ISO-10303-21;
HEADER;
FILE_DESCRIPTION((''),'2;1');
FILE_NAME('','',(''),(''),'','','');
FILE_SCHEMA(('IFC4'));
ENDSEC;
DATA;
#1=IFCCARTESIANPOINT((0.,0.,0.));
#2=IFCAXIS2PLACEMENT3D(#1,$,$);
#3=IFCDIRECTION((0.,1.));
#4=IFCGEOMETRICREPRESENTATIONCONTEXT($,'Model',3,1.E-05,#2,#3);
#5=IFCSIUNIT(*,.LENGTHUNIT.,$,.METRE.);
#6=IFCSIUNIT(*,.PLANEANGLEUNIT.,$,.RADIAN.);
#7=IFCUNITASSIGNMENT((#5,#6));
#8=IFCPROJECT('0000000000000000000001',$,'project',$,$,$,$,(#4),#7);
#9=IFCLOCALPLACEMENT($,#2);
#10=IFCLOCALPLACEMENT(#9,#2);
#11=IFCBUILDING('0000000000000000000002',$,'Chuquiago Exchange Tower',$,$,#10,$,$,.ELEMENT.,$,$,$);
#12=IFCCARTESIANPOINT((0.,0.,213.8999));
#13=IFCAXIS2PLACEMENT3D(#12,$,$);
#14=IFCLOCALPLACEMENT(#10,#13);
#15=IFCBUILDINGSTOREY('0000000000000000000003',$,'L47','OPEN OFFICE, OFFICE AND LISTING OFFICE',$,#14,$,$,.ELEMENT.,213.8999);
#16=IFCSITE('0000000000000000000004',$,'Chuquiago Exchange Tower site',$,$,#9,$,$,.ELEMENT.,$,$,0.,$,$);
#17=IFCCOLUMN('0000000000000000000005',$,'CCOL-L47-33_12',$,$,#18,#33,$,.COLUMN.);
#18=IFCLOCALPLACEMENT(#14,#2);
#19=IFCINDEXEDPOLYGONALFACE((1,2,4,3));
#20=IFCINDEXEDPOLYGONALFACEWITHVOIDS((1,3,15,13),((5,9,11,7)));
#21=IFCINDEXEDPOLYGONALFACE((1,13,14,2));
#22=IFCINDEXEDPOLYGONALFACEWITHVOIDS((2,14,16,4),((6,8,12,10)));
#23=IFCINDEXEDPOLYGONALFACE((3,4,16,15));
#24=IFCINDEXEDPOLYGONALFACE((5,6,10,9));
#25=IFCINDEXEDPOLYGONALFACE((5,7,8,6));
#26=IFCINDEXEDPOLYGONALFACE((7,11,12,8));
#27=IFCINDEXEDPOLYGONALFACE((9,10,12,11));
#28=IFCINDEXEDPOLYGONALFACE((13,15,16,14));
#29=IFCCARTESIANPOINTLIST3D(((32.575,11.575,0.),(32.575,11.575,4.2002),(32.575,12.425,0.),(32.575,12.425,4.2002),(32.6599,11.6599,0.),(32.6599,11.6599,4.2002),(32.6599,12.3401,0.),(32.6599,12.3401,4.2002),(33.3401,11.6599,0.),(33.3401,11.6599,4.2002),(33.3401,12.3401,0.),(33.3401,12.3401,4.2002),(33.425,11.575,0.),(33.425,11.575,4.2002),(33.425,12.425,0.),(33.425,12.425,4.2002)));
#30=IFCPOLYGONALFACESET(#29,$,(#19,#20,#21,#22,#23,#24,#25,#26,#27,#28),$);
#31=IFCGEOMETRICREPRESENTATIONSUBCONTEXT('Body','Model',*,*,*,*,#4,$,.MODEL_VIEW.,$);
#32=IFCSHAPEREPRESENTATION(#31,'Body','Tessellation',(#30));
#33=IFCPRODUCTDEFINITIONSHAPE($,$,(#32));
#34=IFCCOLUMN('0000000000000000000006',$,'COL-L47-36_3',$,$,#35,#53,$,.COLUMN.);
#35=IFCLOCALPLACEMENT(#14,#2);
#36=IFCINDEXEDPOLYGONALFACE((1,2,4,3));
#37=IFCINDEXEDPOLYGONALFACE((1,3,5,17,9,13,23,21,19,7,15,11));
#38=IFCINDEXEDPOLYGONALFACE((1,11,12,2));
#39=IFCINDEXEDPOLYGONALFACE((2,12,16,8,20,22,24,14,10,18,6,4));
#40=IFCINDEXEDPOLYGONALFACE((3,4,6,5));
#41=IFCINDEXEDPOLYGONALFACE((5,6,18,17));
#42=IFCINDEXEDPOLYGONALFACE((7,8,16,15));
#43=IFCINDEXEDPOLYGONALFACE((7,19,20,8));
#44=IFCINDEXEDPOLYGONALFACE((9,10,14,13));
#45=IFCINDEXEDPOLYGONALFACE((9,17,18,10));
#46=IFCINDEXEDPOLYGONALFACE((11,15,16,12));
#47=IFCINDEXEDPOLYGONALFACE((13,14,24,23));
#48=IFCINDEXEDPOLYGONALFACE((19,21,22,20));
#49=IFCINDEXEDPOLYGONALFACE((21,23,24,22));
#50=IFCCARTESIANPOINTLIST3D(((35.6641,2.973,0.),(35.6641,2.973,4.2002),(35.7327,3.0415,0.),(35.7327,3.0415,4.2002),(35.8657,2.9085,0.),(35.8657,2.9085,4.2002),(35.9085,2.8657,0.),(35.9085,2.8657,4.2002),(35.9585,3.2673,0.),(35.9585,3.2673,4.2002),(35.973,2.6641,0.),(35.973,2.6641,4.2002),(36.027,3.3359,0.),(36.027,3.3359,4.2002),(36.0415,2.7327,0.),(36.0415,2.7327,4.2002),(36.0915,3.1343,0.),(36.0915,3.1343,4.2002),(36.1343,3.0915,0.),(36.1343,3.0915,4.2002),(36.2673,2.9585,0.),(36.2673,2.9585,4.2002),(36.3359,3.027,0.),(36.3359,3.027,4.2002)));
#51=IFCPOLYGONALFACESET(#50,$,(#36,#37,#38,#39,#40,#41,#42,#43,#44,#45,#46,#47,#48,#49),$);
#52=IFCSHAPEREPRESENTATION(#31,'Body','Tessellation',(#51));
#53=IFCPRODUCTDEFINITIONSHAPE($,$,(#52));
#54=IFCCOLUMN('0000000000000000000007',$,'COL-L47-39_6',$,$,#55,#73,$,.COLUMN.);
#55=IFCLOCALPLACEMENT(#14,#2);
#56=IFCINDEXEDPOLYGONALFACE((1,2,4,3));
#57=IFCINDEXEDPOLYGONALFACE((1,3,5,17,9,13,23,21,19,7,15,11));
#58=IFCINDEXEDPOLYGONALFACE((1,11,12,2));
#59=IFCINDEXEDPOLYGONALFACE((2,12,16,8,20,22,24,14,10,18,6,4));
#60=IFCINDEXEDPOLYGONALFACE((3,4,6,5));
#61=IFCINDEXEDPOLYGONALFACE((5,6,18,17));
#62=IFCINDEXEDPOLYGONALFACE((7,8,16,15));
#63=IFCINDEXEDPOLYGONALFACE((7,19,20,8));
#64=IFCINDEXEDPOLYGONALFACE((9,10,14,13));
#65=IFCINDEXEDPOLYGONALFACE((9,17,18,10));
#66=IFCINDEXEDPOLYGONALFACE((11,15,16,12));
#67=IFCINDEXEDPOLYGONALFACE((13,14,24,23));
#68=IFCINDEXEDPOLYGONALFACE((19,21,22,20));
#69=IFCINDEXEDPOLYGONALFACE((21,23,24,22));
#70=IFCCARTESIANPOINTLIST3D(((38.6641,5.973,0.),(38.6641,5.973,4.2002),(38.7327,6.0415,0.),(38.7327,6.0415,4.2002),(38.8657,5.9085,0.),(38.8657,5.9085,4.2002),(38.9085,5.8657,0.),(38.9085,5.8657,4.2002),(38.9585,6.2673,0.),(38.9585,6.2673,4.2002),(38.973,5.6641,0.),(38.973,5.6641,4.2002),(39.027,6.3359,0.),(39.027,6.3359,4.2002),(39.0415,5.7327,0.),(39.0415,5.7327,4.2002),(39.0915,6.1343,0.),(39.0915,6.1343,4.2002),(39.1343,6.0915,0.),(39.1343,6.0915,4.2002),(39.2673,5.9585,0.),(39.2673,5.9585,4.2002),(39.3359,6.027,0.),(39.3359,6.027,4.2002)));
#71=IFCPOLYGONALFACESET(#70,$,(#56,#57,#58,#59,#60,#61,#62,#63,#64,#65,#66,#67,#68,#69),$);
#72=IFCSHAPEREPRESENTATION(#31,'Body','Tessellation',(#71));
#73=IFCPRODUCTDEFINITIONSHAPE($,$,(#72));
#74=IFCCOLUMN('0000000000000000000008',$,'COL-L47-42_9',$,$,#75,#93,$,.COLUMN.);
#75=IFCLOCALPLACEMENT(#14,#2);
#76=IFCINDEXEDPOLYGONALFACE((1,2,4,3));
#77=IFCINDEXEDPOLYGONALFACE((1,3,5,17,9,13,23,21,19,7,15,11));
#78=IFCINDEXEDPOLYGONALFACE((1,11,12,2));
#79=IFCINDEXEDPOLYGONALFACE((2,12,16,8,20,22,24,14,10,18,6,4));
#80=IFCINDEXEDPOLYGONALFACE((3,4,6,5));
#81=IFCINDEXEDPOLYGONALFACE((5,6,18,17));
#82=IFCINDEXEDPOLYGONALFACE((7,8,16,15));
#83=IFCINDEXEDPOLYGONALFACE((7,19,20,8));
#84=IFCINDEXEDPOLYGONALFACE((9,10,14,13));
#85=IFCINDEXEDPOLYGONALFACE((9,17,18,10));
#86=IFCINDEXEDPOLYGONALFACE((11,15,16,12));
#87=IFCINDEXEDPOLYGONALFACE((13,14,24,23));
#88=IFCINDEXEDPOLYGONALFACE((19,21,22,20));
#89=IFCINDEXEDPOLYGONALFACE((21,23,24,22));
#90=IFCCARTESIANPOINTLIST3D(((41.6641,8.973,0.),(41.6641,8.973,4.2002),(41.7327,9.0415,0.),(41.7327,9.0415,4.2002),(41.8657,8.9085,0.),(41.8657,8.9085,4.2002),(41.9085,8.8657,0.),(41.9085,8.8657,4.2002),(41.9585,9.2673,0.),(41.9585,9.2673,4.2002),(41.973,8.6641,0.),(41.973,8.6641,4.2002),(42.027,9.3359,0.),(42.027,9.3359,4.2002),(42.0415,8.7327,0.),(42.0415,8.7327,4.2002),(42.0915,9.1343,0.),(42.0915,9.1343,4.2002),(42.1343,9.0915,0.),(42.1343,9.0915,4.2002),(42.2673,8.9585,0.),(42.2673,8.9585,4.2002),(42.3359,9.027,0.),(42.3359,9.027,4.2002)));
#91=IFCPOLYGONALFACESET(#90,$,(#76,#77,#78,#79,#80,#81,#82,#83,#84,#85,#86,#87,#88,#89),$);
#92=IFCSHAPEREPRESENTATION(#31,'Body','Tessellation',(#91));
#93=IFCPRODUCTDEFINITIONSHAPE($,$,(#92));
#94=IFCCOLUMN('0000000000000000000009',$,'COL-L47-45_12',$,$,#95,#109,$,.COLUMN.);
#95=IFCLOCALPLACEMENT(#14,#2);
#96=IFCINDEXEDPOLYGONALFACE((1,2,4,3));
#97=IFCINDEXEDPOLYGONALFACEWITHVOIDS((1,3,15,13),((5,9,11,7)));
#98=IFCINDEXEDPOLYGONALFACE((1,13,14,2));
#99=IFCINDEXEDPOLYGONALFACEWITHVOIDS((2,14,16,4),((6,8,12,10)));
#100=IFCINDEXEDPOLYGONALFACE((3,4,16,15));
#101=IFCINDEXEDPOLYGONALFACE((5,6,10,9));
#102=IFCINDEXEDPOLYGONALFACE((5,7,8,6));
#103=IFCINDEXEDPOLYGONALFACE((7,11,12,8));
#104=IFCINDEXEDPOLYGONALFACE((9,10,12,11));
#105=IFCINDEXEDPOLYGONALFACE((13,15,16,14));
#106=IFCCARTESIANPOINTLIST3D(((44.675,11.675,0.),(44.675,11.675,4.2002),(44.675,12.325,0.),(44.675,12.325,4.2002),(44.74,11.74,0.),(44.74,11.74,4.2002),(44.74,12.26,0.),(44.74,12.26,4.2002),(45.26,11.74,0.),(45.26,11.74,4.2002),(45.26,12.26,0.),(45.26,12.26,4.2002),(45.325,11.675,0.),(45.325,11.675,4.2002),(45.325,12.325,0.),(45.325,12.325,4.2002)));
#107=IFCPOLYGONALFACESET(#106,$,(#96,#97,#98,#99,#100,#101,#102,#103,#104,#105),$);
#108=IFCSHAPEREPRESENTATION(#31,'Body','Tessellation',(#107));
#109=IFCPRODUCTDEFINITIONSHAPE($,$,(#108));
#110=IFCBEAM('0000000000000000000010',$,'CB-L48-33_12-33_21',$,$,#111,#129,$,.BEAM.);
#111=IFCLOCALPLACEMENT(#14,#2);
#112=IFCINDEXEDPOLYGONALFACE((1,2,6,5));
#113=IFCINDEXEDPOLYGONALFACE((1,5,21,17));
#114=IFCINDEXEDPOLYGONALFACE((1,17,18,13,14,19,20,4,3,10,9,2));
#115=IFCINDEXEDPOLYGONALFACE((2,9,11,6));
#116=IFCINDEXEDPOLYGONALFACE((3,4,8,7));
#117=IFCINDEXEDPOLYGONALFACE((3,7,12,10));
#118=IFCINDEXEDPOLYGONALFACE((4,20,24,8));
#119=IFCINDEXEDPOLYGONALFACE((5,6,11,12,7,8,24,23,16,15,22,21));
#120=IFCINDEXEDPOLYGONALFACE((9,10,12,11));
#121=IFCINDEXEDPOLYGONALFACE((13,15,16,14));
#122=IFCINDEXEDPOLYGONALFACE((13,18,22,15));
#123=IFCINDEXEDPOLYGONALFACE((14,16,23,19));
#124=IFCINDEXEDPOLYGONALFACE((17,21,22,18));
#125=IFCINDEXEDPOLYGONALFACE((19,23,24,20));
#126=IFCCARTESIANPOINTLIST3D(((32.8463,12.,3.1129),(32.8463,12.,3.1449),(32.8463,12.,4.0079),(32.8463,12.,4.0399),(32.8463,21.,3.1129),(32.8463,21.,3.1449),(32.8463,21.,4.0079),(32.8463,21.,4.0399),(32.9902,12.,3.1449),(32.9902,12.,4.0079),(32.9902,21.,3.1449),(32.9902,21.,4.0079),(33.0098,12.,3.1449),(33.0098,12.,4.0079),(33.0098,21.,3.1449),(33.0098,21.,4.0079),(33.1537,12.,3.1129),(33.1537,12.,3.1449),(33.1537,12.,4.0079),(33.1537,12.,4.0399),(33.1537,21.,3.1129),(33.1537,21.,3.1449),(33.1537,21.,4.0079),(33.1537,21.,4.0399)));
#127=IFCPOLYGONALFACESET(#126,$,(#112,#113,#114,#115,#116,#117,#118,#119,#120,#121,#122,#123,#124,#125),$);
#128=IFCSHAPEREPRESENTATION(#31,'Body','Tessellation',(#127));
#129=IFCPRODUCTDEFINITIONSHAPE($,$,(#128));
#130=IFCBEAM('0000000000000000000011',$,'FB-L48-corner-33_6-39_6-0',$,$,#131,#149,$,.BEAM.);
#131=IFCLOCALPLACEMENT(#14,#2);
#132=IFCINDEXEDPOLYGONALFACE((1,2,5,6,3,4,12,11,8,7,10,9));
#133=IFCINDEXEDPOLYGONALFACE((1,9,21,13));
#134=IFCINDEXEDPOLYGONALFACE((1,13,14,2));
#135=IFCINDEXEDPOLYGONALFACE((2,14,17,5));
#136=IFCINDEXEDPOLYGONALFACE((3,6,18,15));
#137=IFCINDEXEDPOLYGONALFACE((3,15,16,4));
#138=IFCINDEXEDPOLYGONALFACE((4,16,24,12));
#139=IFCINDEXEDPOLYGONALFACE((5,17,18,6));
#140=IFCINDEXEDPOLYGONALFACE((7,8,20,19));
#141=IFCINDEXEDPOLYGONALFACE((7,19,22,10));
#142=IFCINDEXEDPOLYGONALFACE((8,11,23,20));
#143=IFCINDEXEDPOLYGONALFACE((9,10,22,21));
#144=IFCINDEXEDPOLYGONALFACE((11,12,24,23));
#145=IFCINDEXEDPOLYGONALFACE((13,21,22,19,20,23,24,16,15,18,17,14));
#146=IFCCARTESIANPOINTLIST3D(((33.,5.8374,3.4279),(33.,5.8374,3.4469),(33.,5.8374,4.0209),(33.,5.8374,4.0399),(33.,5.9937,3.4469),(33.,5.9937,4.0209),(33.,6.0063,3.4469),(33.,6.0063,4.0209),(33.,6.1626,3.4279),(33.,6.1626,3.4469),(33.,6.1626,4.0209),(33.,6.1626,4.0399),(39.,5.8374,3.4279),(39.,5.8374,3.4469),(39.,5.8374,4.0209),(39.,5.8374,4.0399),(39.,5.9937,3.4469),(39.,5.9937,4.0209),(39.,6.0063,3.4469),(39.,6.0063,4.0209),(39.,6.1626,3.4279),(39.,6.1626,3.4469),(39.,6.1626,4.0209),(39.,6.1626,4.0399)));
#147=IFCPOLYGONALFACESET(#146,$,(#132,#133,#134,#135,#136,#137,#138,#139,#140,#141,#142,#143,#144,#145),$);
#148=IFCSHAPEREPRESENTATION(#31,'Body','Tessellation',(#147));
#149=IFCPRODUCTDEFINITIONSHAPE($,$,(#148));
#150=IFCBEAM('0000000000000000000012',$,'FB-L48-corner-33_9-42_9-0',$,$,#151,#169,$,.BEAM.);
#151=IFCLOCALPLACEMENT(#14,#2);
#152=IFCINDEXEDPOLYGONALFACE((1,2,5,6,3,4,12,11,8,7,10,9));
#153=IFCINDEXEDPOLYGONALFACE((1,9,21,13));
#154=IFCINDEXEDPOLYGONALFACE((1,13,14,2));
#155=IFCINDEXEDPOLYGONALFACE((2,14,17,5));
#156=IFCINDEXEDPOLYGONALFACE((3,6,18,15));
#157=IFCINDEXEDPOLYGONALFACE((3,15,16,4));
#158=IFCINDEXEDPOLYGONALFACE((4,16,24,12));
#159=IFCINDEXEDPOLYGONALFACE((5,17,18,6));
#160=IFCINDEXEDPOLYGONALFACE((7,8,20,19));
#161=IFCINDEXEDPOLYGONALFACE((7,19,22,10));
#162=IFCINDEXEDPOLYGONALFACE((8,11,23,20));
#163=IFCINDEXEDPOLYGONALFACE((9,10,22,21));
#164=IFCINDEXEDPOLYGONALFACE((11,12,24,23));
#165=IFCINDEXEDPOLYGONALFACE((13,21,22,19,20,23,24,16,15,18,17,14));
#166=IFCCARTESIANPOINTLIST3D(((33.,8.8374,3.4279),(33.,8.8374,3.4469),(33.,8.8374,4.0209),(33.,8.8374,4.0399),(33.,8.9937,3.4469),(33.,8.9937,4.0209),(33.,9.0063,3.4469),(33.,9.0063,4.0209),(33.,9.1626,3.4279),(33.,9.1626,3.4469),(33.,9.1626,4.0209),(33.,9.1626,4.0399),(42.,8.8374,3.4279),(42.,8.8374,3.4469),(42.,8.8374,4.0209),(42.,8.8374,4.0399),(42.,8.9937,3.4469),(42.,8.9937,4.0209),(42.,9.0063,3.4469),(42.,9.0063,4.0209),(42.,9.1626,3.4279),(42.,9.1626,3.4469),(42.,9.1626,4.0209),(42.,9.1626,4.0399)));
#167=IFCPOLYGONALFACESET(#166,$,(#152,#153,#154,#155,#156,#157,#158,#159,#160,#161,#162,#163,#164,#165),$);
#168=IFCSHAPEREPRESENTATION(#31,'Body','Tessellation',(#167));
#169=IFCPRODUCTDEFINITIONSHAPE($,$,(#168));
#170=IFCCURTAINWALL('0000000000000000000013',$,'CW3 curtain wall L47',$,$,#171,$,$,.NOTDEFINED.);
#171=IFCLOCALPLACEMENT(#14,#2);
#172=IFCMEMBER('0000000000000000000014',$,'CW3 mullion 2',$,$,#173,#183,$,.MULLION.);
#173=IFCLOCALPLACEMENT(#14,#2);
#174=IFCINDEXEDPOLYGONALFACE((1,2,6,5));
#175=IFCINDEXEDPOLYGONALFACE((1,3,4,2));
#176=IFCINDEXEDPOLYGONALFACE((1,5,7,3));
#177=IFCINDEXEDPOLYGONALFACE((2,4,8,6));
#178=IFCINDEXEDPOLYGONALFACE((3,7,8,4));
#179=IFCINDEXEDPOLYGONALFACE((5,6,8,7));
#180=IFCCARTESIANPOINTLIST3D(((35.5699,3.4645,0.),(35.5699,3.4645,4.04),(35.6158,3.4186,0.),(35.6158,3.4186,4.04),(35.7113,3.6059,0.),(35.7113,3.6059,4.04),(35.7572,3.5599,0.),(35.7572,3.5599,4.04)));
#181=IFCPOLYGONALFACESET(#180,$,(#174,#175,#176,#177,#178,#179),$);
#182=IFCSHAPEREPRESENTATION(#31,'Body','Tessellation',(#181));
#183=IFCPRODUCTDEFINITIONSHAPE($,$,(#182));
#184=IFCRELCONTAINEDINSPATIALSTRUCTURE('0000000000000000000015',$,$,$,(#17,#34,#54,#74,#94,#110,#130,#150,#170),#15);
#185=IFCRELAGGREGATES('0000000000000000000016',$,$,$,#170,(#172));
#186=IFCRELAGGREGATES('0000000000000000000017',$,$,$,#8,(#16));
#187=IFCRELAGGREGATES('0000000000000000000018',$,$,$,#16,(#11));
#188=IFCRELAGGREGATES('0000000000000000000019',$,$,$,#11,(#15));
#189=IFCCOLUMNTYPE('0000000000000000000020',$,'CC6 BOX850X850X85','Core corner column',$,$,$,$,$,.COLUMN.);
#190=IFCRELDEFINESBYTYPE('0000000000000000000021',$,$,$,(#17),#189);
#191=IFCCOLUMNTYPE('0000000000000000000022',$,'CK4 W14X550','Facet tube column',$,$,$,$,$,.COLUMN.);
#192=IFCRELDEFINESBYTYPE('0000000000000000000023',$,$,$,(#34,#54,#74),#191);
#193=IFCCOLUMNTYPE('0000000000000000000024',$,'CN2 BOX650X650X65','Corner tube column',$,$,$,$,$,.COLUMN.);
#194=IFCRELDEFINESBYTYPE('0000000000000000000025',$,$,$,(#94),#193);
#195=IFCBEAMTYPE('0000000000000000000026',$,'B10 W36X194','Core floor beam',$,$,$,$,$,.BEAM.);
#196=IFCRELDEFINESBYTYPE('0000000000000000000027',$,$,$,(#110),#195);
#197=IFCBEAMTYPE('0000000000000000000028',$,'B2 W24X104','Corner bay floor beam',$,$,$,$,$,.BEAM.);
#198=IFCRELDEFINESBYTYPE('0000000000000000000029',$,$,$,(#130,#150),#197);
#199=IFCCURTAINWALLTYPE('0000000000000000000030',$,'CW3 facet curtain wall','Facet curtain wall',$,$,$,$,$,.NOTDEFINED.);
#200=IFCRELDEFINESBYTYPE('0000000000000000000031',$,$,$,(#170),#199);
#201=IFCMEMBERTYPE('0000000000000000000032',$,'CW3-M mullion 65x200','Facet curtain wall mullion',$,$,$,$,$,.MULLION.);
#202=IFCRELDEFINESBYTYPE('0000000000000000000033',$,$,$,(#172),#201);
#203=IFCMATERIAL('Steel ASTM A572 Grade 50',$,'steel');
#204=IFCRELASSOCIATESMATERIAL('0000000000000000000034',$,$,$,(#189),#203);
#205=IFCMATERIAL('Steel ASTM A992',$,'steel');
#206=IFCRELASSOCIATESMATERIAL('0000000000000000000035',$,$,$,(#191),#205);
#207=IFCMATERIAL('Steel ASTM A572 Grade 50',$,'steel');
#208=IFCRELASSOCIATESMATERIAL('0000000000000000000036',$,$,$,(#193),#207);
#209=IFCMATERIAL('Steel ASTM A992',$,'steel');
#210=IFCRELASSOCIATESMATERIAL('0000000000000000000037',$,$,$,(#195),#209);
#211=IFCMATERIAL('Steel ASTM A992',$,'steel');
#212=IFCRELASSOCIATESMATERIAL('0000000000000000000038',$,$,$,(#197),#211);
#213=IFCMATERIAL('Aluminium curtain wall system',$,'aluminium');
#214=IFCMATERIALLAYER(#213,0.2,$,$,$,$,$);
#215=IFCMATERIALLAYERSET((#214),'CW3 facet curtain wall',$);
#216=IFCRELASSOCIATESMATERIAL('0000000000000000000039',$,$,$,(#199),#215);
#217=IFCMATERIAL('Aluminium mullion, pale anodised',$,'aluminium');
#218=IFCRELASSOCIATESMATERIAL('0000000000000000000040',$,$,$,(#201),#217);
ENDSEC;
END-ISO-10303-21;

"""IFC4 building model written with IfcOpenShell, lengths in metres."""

from ifc_helpers import new_model, si_unit, direction, frame, origin, origin_2d, place, context, subcontext, project, spatial, rectangle, hollow_rectangle, i_section, extrude, material, layer, layer_set, material_profile, profile_set, type_object, element, aggregate, save


model = new_model("IFC4")

# Units and contexts
model_context = context("Model", 3, precision=1e-05, world=origin(), true_north=direction((0.0, 1.0)))
body_context = subcontext(model_context, "Body", "Model", "MODEL_VIEW")
ifc_project = project(units=[si_unit("LENGTHUNIT", "METRE"), si_unit("PLANEANGLEUNIT", "RADIAN")], contexts=[model_context])

# Site, building, storey
site_placement = place(None, origin())
site = spatial("IfcSite", under=ifc_project, at=site_placement, Name="Chuquiago Exchange Tower site", CompositionType="ELEMENT", RefElevation=0.0)
building_placement = place(site_placement, origin())
building = spatial("IfcBuilding", under=site, at=building_placement, Name="Chuquiago Exchange Tower", CompositionType="ELEMENT")
storey_placement = place(building_placement, frame((0.0, 0.0, 213.8999)))
storey = spatial("IfcBuildingStorey", under=building, at=storey_placement, Name="L47", Description="OPEN OFFICE, OFFICE AND LISTING OFFICE", CompositionType="ELEMENT", Elevation=213.8999)

# Columns
ifc_material_1 = material(Name="Steel ASTM A572 Grade 50", Category="steel")
ifc_material_profile_1 = material_profile(ifc_material_1, hollow_rectangle(XDim=0.8501, YDim=0.8501, WallThickness=0.085, at=origin_2d()), Name="BOX850X850X85")
ifc_profile_set_1 = profile_set([ifc_material_profile_1], Name="Steel ASTM A572 Grade 50")
column_type_1 = type_object("IfcColumnType", Name="CC6 BOX850X850X85", Description="Core corner column", PredefinedType="COLUMN", material=ifc_profile_set_1)
column_1_placement = place(storey_placement, frame((33.0, 12.0, 0.0), z_axis=(0.0, 0.0, 1.0), x_axis=(1.0, 0.0, 0.0)))
element("IfcColumn", 1, at=column_1_placement, inside=storey, type_object=column_type_1, Name="CCOL-L47-33_12", PredefinedType="COLUMN", context=body_context, shape_type="SweptSolid", body=[
    extrude(hollow_rectangle(XDim=0.8501, YDim=0.8501, WallThickness=0.085, at=origin_2d()), origin(), (0.0, 0.0, 1.0), 4.2002),
])
ifc_material_2 = material(Name="Steel ASTM A992", Category="steel")
ifc_material_profile_2 = material_profile(ifc_material_2, i_section(OverallWidth=0.4368, OverallDepth=0.5132, WebThickness=0.0605, FlangeThickness=0.0969, at=origin_2d()), Name="W14X550")
ifc_profile_set_2 = profile_set([ifc_material_profile_2], Name="Steel ASTM A992")
column_type_2 = type_object("IfcColumnType", Name="CK4 W14X550", Description="Facet tube column", PredefinedType="COLUMN", material=ifc_profile_set_2)
for number, where, z_axis, x_axis, name in (
    (2, (36.0, 3.0, 0.0), (0.0, 0.0, 1.0), (0.707107, -0.707107, 0.0), "COL-L47-36_3"),
    (3, (39.0, 6.0, 0.0), (0.0, 0.0, 1.0), (0.707107, -0.707107, 0.0), "COL-L47-39_6"),
    (4, (42.0, 9.0, 0.0), (0.0, 0.0, 1.0), (0.707107, -0.707107, 0.0), "COL-L47-42_9"),
):
    element("IfcColumn", number, at=place(storey_placement, frame(where, z_axis=z_axis, x_axis=x_axis)), inside=storey, type_object=column_type_2, Name=name, PredefinedType="COLUMN", context=body_context, shape_type="SweptSolid", body=[
        extrude(i_section(OverallWidth=0.4368, OverallDepth=0.5132, WebThickness=0.0605, FlangeThickness=0.0969, at=origin_2d()), origin(), (0.0, 0.0, 1.0), 4.2002),
    ])
ifc_material_3 = material(Name="Steel ASTM A572 Grade 50", Category="steel")
ifc_material_profile_3 = material_profile(ifc_material_3, hollow_rectangle(XDim=0.6499, YDim=0.6499, WallThickness=0.0649, at=origin_2d()), Name="BOX650X650X65")
ifc_profile_set_3 = profile_set([ifc_material_profile_3], Name="Steel ASTM A572 Grade 50")
column_type_3 = type_object("IfcColumnType", Name="CN2 BOX650X650X65", Description="Corner tube column", PredefinedType="COLUMN", material=ifc_profile_set_3)
column_2_placement = place(storey_placement, frame((45.0, 12.0, 0.0), z_axis=(0.0, 0.0, 1.0), x_axis=(1.0, 0.0, 0.0)))
element("IfcColumn", 5, at=column_2_placement, inside=storey, type_object=column_type_3, Name="COL-L47-45_12", PredefinedType="COLUMN", context=body_context, shape_type="SweptSolid", body=[
    extrude(hollow_rectangle(XDim=0.6499, YDim=0.6499, WallThickness=0.0649, at=origin_2d()), origin(), (0.0, 0.0, 1.0), 4.2002),
])

# Beams
ifc_material_4 = material(Name="Steel ASTM A992", Category="steel")
ifc_material_profile_4 = material_profile(ifc_material_4, i_section(OverallWidth=0.3074, OverallDepth=0.927, WebThickness=0.0195, FlangeThickness=0.032, at=origin_2d()), Name="W36X194")
ifc_profile_set_4 = profile_set([ifc_material_profile_4], Name="Steel ASTM A992")
beam_type_1 = type_object("IfcBeamType", Name="B10 W36X194", Description="Core floor beam", PredefinedType="BEAM", material=ifc_profile_set_4)
beam_1_placement = place(storey_placement, frame((33.0, 12.0, 3.5764), z_axis=(0.0, 1.0, 0.0), x_axis=(-1.0, 0.0, 0.0)))
element("IfcBeam", 6, at=beam_1_placement, inside=storey, type_object=beam_type_1, Name="CB-L48-33_12-33_21", PredefinedType="BEAM", context=body_context, shape_type="SweptSolid", body=[
    extrude(i_section(OverallWidth=0.3074, OverallDepth=0.927, WebThickness=0.0195, FlangeThickness=0.032, at=origin_2d()), origin(), (0.0, 0.0, 1.0), 9.0),
])
ifc_material_5 = material(Name="Steel ASTM A992", Category="steel")
ifc_material_profile_5 = material_profile(ifc_material_5, i_section(OverallWidth=0.3252, OverallDepth=0.6121, WebThickness=0.0127, FlangeThickness=0.019, at=origin_2d()), Name="W24X104")
ifc_profile_set_5 = profile_set([ifc_material_profile_5], Name="Steel ASTM A992")
beam_type_2 = type_object("IfcBeamType", Name="B2 W24X104", Description="Corner bay floor beam", PredefinedType="BEAM", material=ifc_profile_set_5)
beam_2_placement = place(storey_placement, frame((33.0, 6.0, 3.7339), z_axis=(1.0, 0.0, 0.0), x_axis=(0.0, 1.0, 0.0)))
element("IfcBeam", 7, at=beam_2_placement, inside=storey, type_object=beam_type_2, Name="FB-L48-corner-33_6-39_6-0", PredefinedType="BEAM", context=body_context, shape_type="SweptSolid", body=[
    extrude(i_section(OverallWidth=0.3252, OverallDepth=0.6121, WebThickness=0.0127, FlangeThickness=0.019, at=origin_2d()), origin(), (0.0, 0.0, 1.0), 6.0),
])
beam_3_placement = place(storey_placement, frame((33.0, 9.0, 3.7339), z_axis=(1.0, 0.0, 0.0), x_axis=(0.0, 1.0, 0.0)))
element("IfcBeam", 8, at=beam_3_placement, inside=storey, type_object=beam_type_2, Name="FB-L48-corner-33_9-42_9-0", PredefinedType="BEAM", context=body_context, shape_type="SweptSolid", body=[
    extrude(i_section(OverallWidth=0.3252, OverallDepth=0.6121, WebThickness=0.0127, FlangeThickness=0.019, at=origin_2d()), origin(), (0.0, 0.0, 1.0), 9.0),
])

# Curtain wall, member
ifc_material_6 = material(Name="Aluminium curtain wall system", Category="aluminium")
ifc_layer_1 = layer(ifc_material_6, 0.2)
ifc_layer_set_1 = layer_set([ifc_layer_1], Name="CW3 facet curtain wall")
curtain_wall_type = type_object("IfcCurtainWallType", Name="CW3 facet curtain wall", Description="Facet curtain wall", PredefinedType="NOTDEFINED", material=ifc_layer_set_1)
curtain_wall_placement = place(storey_placement, origin())
curtain_wall = element("IfcCurtainWall", 9, at=curtain_wall_placement, inside=storey, type_object=curtain_wall_type, Name="CW3 curtain wall L47", PredefinedType="NOTDEFINED")
ifc_material_7 = material(Name="Aluminium mullion, pale anodised", Category="aluminium")
ifc_material_profile_6 = material_profile(ifc_material_7, rectangle(XDim=0.0649, YDim=0.2, at=origin_2d()), Name="AL 65x200")
ifc_profile_set_6 = profile_set([ifc_material_profile_6], Name="Aluminium mullion, pale anodised")
member_type_1 = type_object("IfcMemberType", Name="CW3-M mullion 65x200", Description="Facet curtain wall mullion", PredefinedType="MULLION", material=ifc_profile_set_6)
member_1_placement = place(storey_placement, frame((35.6636, 3.5122, 0.0), z_axis=(0.0, 0.0, 1.0), x_axis=(-0.707107, 0.707107, 0.0)))
member_1 = element("IfcMember", 10, at=member_1_placement, type_object=member_type_1, Name="CW3 mullion 2", PredefinedType="MULLION", context=body_context, shape_type="SweptSolid", body=[
    extrude(rectangle(XDim=0.0649, YDim=0.2, at=origin_2d()), origin(), (0.0, 0.0, 1.0), 4.04),
])

aggregate(curtain_wall, [member_1])

save(model, "model.ifc")
